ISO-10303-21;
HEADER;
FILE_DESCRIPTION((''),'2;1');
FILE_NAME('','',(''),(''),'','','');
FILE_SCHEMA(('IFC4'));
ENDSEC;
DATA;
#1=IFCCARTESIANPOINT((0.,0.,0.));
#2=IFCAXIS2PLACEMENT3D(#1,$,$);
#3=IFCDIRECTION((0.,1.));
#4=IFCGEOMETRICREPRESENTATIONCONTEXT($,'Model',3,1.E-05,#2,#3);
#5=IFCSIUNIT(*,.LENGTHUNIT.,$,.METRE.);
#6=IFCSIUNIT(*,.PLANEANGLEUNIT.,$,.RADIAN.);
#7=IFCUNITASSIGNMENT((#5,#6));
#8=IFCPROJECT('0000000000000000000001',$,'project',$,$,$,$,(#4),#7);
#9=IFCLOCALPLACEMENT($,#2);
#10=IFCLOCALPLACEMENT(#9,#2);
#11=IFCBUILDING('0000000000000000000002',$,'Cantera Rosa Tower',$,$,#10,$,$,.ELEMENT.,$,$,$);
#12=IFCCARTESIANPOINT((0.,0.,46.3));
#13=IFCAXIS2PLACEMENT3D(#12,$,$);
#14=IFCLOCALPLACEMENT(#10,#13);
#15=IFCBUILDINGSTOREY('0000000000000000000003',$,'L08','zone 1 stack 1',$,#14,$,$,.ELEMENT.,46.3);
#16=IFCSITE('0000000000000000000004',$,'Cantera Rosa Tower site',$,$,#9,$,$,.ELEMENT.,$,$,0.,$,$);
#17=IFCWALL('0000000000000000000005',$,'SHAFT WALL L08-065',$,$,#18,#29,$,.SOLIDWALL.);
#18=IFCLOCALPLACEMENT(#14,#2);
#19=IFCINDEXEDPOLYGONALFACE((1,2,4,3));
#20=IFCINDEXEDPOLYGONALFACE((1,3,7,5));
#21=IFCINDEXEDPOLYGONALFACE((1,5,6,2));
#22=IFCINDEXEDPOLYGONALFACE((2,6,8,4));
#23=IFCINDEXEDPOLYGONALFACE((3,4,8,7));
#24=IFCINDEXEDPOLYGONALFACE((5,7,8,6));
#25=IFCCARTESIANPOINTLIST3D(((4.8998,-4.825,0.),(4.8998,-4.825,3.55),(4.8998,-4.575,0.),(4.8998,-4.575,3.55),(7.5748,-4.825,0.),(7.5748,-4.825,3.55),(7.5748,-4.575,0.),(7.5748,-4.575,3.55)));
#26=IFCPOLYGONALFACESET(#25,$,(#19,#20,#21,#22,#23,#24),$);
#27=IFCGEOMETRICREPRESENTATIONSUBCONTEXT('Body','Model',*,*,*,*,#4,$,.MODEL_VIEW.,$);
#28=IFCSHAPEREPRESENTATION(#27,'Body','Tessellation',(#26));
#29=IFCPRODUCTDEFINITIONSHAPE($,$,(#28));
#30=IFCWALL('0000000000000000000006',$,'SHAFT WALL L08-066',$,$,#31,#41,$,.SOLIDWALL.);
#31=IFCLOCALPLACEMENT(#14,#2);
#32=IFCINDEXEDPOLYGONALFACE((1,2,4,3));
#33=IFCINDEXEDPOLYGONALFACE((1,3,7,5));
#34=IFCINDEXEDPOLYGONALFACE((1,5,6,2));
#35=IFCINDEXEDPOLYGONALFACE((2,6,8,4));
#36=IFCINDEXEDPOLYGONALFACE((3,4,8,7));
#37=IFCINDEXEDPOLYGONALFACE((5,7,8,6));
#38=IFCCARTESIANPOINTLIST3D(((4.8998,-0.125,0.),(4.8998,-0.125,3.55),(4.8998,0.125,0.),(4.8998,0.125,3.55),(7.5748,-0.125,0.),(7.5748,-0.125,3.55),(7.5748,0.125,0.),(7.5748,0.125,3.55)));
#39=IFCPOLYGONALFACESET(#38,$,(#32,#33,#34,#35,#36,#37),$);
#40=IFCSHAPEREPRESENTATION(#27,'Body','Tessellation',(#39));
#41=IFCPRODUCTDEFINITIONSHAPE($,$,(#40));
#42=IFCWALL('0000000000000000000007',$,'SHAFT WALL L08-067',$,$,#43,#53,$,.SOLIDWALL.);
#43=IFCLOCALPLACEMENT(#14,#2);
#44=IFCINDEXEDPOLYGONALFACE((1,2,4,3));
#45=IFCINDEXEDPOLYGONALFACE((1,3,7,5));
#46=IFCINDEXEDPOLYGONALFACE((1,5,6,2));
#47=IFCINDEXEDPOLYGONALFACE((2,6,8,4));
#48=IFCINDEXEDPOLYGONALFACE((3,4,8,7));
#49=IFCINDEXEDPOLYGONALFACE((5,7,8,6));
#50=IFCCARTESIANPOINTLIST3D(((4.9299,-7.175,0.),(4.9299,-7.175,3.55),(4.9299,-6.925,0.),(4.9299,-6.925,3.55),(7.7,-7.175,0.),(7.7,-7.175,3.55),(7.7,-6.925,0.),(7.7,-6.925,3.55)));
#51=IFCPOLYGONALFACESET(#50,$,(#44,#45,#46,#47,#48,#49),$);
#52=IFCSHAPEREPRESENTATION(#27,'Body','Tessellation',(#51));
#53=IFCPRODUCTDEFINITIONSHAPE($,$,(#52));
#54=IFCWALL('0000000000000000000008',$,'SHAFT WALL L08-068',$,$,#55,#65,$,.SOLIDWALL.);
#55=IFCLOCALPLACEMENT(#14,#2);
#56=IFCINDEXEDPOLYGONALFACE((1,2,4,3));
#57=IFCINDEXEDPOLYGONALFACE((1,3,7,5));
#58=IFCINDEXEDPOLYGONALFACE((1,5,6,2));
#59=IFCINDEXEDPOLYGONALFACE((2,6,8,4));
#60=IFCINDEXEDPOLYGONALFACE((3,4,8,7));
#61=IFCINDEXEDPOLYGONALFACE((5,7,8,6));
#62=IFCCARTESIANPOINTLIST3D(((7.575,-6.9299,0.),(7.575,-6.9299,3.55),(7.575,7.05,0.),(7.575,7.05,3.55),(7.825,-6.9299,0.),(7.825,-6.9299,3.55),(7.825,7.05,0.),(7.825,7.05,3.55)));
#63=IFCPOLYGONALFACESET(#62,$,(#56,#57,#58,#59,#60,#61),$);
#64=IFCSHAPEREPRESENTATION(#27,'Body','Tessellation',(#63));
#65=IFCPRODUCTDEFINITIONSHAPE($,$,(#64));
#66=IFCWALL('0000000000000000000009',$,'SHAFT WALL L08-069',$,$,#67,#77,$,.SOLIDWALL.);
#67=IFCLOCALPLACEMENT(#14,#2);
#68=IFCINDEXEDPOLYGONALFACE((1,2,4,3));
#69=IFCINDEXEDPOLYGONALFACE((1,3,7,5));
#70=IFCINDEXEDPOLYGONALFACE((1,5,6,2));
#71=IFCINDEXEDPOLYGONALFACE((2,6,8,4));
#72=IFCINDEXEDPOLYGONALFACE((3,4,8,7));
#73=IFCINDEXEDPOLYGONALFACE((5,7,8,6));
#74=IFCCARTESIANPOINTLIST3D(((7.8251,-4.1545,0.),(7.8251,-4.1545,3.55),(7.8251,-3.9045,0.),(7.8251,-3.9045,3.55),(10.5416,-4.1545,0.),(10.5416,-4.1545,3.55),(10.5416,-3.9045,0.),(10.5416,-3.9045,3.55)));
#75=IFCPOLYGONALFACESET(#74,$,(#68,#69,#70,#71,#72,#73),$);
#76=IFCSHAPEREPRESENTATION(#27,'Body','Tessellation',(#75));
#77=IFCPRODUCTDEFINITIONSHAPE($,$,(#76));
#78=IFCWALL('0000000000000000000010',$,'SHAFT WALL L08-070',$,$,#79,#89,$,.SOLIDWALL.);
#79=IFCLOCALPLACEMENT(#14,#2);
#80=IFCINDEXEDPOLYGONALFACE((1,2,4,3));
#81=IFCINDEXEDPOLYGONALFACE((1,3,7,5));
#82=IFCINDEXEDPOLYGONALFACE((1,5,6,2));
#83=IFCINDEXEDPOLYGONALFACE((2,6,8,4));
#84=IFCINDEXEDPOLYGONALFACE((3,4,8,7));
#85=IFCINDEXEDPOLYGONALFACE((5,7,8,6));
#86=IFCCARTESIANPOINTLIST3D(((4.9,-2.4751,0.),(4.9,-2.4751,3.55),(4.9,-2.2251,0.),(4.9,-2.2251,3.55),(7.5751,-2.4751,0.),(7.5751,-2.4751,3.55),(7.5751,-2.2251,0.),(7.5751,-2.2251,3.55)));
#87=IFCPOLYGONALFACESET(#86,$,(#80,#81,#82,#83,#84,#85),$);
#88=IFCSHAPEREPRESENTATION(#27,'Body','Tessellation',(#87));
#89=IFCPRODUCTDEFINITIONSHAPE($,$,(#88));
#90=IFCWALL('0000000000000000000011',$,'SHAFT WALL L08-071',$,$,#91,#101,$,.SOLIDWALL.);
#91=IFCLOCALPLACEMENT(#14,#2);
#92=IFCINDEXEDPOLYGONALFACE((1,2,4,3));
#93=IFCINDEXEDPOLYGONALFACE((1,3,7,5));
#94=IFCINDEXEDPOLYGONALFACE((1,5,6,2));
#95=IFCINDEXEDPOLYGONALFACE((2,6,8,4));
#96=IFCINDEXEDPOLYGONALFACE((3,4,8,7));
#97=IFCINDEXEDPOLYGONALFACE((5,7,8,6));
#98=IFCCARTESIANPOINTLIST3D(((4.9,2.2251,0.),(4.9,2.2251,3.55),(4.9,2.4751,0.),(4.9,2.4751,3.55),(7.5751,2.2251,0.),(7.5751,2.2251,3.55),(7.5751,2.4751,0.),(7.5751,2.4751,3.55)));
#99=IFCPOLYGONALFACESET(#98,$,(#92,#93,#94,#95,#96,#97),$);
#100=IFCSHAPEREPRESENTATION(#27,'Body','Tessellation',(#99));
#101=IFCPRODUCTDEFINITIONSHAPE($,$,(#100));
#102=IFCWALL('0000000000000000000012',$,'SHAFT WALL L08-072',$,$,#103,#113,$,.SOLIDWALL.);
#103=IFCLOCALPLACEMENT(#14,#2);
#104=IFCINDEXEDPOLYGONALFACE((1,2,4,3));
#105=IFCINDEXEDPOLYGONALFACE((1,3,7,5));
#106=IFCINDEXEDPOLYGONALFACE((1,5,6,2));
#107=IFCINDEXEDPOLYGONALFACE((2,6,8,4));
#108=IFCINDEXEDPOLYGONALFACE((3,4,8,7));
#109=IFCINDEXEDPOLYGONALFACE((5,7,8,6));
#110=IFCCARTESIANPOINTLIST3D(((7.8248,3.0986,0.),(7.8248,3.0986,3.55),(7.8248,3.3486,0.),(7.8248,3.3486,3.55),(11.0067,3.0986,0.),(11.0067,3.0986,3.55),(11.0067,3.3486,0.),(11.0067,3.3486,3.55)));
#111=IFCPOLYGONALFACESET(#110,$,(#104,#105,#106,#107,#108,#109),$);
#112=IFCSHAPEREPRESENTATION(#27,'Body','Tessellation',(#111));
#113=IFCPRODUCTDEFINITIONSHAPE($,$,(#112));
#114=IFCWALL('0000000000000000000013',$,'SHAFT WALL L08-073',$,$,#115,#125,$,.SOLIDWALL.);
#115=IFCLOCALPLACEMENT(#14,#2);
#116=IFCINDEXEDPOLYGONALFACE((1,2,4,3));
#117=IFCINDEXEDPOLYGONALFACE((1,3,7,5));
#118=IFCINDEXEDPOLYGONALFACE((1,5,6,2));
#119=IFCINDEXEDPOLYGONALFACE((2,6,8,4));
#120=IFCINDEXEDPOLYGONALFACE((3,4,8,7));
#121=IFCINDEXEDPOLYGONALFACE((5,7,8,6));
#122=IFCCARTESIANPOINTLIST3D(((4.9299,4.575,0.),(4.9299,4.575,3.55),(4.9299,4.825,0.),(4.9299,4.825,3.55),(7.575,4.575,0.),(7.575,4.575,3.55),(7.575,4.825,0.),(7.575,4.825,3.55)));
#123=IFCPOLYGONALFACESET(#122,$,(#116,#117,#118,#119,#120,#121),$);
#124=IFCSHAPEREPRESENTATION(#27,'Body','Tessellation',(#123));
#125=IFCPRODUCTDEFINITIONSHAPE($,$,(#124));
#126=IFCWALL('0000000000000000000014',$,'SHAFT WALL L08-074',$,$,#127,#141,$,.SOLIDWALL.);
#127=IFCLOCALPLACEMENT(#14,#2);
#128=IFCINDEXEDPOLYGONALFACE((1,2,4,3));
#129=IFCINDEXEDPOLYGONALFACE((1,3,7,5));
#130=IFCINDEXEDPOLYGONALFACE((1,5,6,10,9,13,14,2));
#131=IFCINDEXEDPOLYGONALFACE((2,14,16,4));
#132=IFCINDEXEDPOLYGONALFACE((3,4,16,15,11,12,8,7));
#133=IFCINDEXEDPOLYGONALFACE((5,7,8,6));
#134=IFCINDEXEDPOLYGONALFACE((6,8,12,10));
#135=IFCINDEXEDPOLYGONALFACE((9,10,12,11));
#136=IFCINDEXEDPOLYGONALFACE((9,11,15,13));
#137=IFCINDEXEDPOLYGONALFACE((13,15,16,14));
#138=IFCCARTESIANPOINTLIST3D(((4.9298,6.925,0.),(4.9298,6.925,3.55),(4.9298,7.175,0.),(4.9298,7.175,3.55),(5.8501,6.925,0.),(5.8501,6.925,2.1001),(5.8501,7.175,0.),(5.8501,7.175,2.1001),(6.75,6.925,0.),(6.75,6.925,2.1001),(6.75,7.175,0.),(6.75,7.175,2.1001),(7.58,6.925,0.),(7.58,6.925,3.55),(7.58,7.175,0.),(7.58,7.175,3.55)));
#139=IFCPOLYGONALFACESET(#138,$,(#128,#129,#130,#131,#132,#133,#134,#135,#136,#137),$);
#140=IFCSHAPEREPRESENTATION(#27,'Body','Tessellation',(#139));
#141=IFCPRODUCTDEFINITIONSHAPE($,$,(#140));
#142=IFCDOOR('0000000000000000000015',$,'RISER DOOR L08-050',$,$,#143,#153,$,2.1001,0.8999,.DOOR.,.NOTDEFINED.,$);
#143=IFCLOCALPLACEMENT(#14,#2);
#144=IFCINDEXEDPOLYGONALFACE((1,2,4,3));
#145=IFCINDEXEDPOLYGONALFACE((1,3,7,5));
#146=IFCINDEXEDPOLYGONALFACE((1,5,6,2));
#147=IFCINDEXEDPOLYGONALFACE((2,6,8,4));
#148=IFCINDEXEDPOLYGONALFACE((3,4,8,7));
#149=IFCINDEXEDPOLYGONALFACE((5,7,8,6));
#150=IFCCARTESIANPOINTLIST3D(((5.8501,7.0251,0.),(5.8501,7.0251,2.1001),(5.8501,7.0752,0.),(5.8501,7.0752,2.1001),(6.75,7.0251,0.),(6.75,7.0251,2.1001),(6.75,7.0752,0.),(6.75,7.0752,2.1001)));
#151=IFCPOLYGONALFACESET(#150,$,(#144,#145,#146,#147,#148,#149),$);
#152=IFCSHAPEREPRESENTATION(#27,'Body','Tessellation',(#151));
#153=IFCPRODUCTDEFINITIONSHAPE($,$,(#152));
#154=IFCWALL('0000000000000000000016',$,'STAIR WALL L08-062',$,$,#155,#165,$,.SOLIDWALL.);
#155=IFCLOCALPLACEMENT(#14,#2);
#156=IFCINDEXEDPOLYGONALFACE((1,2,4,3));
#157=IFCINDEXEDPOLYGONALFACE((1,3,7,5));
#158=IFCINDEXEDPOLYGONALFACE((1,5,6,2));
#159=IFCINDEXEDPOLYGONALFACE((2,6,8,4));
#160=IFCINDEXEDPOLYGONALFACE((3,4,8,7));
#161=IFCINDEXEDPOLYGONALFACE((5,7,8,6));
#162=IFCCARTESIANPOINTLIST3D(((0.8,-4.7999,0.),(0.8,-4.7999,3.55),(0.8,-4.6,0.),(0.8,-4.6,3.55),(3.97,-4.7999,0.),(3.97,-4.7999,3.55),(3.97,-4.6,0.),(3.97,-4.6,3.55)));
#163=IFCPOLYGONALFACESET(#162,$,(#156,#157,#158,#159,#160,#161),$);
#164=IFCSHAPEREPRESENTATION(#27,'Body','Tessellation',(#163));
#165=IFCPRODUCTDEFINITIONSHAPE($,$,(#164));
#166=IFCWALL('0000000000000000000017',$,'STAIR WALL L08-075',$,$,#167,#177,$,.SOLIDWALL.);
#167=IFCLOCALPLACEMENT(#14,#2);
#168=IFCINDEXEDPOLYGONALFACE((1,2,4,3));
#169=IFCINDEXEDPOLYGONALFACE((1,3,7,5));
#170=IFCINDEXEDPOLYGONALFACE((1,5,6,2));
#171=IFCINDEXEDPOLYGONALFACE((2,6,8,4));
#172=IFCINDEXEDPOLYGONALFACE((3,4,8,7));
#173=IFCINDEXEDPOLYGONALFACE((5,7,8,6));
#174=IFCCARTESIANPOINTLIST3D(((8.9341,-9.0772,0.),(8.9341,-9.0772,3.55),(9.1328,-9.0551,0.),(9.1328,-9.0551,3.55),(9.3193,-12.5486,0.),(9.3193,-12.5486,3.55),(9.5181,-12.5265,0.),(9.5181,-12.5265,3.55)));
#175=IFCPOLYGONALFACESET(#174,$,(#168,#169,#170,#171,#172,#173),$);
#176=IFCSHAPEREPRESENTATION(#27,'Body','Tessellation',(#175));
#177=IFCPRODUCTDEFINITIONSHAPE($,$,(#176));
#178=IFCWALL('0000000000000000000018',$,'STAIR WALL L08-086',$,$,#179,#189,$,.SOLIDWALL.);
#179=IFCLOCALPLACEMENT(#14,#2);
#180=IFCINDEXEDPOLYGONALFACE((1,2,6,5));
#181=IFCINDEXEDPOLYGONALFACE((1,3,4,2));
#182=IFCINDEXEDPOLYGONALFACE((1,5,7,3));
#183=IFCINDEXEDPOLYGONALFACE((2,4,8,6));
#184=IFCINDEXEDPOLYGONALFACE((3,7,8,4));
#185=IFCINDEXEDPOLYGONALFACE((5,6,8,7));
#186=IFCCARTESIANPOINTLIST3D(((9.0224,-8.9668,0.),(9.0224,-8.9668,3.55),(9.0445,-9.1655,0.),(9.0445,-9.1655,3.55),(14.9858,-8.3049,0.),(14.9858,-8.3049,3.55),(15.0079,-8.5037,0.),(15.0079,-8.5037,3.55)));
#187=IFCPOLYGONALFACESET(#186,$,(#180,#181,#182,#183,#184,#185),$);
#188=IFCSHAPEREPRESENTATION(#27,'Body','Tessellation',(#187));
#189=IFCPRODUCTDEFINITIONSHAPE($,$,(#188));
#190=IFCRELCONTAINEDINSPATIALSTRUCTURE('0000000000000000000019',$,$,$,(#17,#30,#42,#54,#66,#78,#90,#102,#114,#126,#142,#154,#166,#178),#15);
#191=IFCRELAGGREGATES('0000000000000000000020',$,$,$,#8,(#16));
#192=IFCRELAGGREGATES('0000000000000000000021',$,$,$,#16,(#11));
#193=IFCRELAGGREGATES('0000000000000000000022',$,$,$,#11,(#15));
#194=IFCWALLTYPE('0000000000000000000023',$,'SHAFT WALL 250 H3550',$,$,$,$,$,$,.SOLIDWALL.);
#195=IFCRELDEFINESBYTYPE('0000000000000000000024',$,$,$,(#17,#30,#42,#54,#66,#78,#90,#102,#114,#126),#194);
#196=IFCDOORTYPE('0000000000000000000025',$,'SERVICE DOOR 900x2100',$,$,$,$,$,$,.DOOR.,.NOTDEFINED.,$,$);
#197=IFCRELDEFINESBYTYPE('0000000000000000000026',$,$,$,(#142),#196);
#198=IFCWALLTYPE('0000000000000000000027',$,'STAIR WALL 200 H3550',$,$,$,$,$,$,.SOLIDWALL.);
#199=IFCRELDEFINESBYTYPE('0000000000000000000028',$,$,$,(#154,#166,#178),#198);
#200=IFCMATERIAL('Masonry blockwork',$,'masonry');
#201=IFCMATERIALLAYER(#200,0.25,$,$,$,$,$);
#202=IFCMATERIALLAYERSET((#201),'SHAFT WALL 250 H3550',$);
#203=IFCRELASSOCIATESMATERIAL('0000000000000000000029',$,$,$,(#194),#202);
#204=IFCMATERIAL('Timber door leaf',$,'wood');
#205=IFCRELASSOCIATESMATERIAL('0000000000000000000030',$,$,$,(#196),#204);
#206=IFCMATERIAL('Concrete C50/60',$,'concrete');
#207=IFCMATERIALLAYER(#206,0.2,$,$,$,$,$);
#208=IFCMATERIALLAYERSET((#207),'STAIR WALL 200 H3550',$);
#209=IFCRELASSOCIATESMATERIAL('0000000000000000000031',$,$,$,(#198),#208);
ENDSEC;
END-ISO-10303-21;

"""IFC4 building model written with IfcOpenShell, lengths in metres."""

from ifc_helpers import new_model, si_unit, direction, frame, frame_2d, origin, place, context, subcontext, project, spatial, rectangle, extrude, material, layer, layer_set, type_object, element, fill, save


model = new_model("IFC4")

# Units and contexts
model_context = context("Model", 3, precision=1e-05, world=origin(), true_north=direction((0.0, 1.0)))
body_context = subcontext(model_context, "Body", "Model", "MODEL_VIEW")
ifc_project = project(units=[si_unit("LENGTHUNIT", "METRE"), si_unit("PLANEANGLEUNIT", "RADIAN")], contexts=[model_context])

# Site, building, storey
site_placement = place(None, origin())
site = spatial("IfcSite", under=ifc_project, at=site_placement, Name="Cantera Rosa Tower site", CompositionType="ELEMENT", RefElevation=0.0)
building_placement = place(site_placement, origin())
building = spatial("IfcBuilding", under=site, at=building_placement, Name="Cantera Rosa Tower", CompositionType="ELEMENT")
storey_placement = place(building_placement, frame((0.0, 0.0, 46.3)))
storey = spatial("IfcBuildingStorey", under=building, at=storey_placement, Name="L08", Description="zone 1 stack 1", CompositionType="ELEMENT", Elevation=46.3)

# Walls
ifc_material_1 = material(Name="Masonry blockwork", Category="masonry")
ifc_layer_1 = layer(ifc_material_1, 0.25)
ifc_layer_set_1 = layer_set([ifc_layer_1], Name="SHAFT WALL 250 H3550")
wall_type_1 = type_object("IfcWallType", Name="SHAFT WALL 250 H3550", PredefinedType="SOLIDWALL", material=ifc_layer_set_1)
for number, where, z_axis, x_axis, name in (
    (1, (4.8999, -4.7, 0.0), (0.0, 0.0, 1.0), (1.0, 0.0, 0.0), "SHAFT WALL L08-065"),
    (2, (4.8999, 0.0, 0.0), (0.0, 0.0, 1.0), (1.0, 0.0, 0.0), "SHAFT WALL L08-066"),
):
    element("IfcWall", number, at=place(storey_placement, frame(where, z_axis=z_axis, x_axis=x_axis)), inside=storey, type_object=wall_type_1, Name=name, PredefinedType="SOLIDWALL", context=body_context, shape_type="SweptSolid", body=[
        extrude(rectangle(XDim=2.675, YDim=0.25, at=frame_2d((1.3374, 0.0))), origin(), (0.0, 0.0, 1.0), 3.55),
    ])
wall_1_placement = place(storey_placement, frame((4.9299, -7.05, 0.0), z_axis=(0.0, 0.0, 1.0), x_axis=(1.0, 0.0, 0.0)))
element("IfcWall", 3, at=wall_1_placement, inside=storey, type_object=wall_type_1, Name="SHAFT WALL L08-067", PredefinedType="SOLIDWALL", context=body_context, shape_type="SweptSolid", body=[
    extrude(rectangle(XDim=2.77, YDim=0.25, at=frame_2d((1.385, 0.0))), origin(), (0.0, 0.0, 1.0), 3.55),
])
wall_2_placement = place(storey_placement, frame((7.7, -6.9299, 0.0), z_axis=(0.0, 0.0, 1.0), x_axis=(0.0, 1.0, 0.0)))
element("IfcWall", 4, at=wall_2_placement, inside=storey, type_object=wall_type_1, Name="SHAFT WALL L08-068", PredefinedType="SOLIDWALL", context=body_context, shape_type="SweptSolid", body=[
    extrude(rectangle(XDim=13.98, YDim=0.25, at=frame_2d((6.99, 0.0))), origin(), (0.0, 0.0, 1.0), 3.55),
])
wall_3_placement = place(storey_placement, frame((7.825, -4.0295, 0.0), z_axis=(0.0, 0.0, 1.0), x_axis=(1.0, 0.0, 0.0)))
element("IfcWall", 5, at=wall_3_placement, inside=storey, type_object=wall_type_1, Name="SHAFT WALL L08-069", PredefinedType="SOLIDWALL", context=body_context, shape_type="SweptSolid", body=[
    extrude(rectangle(XDim=2.7166, YDim=0.25, at=frame_2d((1.3584, 0.0))), origin(), (0.0, 0.0, 1.0), 3.55),
])
for number, where, z_axis, x_axis, name in (
    (6, (7.575, -2.3501, 0.0), (0.0, 0.0, 1.0), (-1.0, 0.0, 0.0), "SHAFT WALL L08-070"),
    (7, (7.575, 2.3501, 0.0), (0.0, 0.0, 1.0), (-1.0, 0.0, 0.0), "SHAFT WALL L08-071"),
):
    element("IfcWall", number, at=place(storey_placement, frame(where, z_axis=z_axis, x_axis=x_axis)), inside=storey, type_object=wall_type_1, Name=name, PredefinedType="SOLIDWALL", context=body_context, shape_type="SweptSolid", body=[
        extrude(rectangle(XDim=2.675, YDim=0.25, at=frame_2d((1.3374, 0.0))), origin(), (0.0, 0.0, 1.0), 3.55),
    ])
wall_4_placement = place(storey_placement, frame((7.825, 3.2236, 0.0), z_axis=(0.0, 0.0, 1.0), x_axis=(1.0, 0.0, 0.0)))
element("IfcWall", 8, at=wall_4_placement, inside=storey, type_object=wall_type_1, Name="SHAFT WALL L08-072", PredefinedType="SOLIDWALL", context=body_context, shape_type="SweptSolid", body=[
    extrude(rectangle(XDim=3.1819, YDim=0.25, at=frame_2d((1.5908, 0.0))), origin(), (0.0, 0.0, 1.0), 3.55),
])
wall_5_placement = place(storey_placement, frame((7.575, 4.7, 0.0), z_axis=(0.0, 0.0, 1.0), x_axis=(-1.0, 0.0, 0.0)))
element("IfcWall", 9, at=wall_5_placement, inside=storey, type_object=wall_type_1, Name="SHAFT WALL L08-073", PredefinedType="SOLIDWALL", context=body_context, shape_type="SweptSolid", body=[
    extrude(rectangle(XDim=2.645, YDim=0.25, at=frame_2d((1.3225, 0.0))), origin(), (0.0, 0.0, 1.0), 3.55),
])

# Wall, opening, door
wall_6_placement = place(storey_placement, frame((7.5801, 7.05, 0.0), z_axis=(0.0, 0.0, 1.0), x_axis=(-1.0, 0.0, 0.0)))
wall_6 = element("IfcWall", 10, at=wall_6_placement, inside=storey, type_object=wall_type_1, Name="SHAFT WALL L08-074", PredefinedType="SOLIDWALL", context=body_context, shape_type="SweptSolid", body=[
    extrude(rectangle(XDim=2.6501, YDim=0.25, at=frame_2d((1.3252, 0.0))), origin(), (0.0, 0.0, 1.0), 3.55),
])
opening_1_placement = place(wall_6_placement, frame((0.8301, 0.0, 0.0)))
opening_1 = element("IfcOpeningElement", 11, at=opening_1_placement, cuts=wall_6, PredefinedType="OPENING", context=body_context, shape_type="SweptSolid", body=[
    extrude(rectangle(XDim=0.8999, YDim=2.1001, at=frame_2d((0.45, 1.05))), frame((0.0, 0.135, 0.0), z_axis=(0.0, -1.0, 0.0), x_axis=(1.0, 0.0, 0.0)), (0.0, 0.0, 1.0), 0.27),
])
ifc_material_2 = material(Name="Timber door leaf", Category="wood")
door_type_1 = type_object("IfcDoorType", Name="SERVICE DOOR 900x2100", OperationType="NOTDEFINED", PredefinedType="DOOR", material=ifc_material_2)
door_1_placement = place(opening_1_placement, origin())
door_1 = element("IfcDoor", 12, at=door_1_placement, inside=storey, type_object=door_type_1, Name="RISER DOOR L08-050", OperationType="NOTDEFINED", OverallHeight=2.1001, OverallWidth=0.8999, PredefinedType="DOOR", context=body_context, shape_type="SweptSolid", body=[
    extrude(rectangle(XDim=0.8999, YDim=2.1001, at=frame_2d((0.45, 1.05))), frame((0.0, 0.0249, 0.0), z_axis=(0.0, -1.0, 0.0), x_axis=(1.0, 0.0, 0.0)), (0.0, 0.0, 1.0), 0.05),
])
fill(opening_1, door_1)

# Walls
ifc_material_3 = material(Name="Concrete C50/60", Category="concrete")
ifc_layer_2 = layer(ifc_material_3, 0.2)
ifc_layer_set_2 = layer_set([ifc_layer_2], Name="STAIR WALL 200 H3550")
wall_type_2 = type_object("IfcWallType", Name="STAIR WALL 200 H3550", PredefinedType="SOLIDWALL", material=ifc_layer_set_2)
wall_7_placement = place(storey_placement, frame((3.97, -4.7, 0.0), z_axis=(0.0, 0.0, 1.0), x_axis=(-1.0, 0.0, 0.0)))
element("IfcWall", 13, at=wall_7_placement, inside=storey, type_object=wall_type_2, Name="STAIR WALL L08-062", PredefinedType="SOLIDWALL", context=body_context, shape_type="SweptSolid", body=[
    extrude(rectangle(XDim=3.1699, YDim=0.2, at=frame_2d((1.585, 0.0))), origin(), (0.0, 0.0, 1.0), 3.55),
])
wall_8_placement = place(storey_placement, frame((9.0334, -9.0662, 0.0), z_axis=(0.0, 0.0, 1.0), x_axis=(0.110301, -0.993898, 0.0)))
element("IfcWall", 14, at=wall_8_placement, inside=storey, type_object=wall_type_2, Name="STAIR WALL L08-075", PredefinedType="SOLIDWALL", context=body_context, shape_type="SweptSolid", body=[
    extrude(rectangle(XDim=3.4927, YDim=0.2, at=frame_2d((1.7463, 0.0))), origin(), (0.0, 0.0, 1.0), 3.55),
])
wall_9_placement = place(storey_placement, frame((14.9968, -8.4043, 0.0), z_axis=(0.0, 0.0, 1.0), x_axis=(-0.993897, -0.110311, 0.0)))
element("IfcWall", 15, at=wall_9_placement, inside=storey, type_object=wall_type_2, Name="STAIR WALL L08-086", PredefinedType="SOLIDWALL", context=body_context, shape_type="SweptSolid", body=[
    extrude(rectangle(XDim=6.0, YDim=0.2, at=frame_2d((3.0, 0.0))), origin(), (0.0, 0.0, 1.0), 3.55),
])

save(model, "model.ifc")
